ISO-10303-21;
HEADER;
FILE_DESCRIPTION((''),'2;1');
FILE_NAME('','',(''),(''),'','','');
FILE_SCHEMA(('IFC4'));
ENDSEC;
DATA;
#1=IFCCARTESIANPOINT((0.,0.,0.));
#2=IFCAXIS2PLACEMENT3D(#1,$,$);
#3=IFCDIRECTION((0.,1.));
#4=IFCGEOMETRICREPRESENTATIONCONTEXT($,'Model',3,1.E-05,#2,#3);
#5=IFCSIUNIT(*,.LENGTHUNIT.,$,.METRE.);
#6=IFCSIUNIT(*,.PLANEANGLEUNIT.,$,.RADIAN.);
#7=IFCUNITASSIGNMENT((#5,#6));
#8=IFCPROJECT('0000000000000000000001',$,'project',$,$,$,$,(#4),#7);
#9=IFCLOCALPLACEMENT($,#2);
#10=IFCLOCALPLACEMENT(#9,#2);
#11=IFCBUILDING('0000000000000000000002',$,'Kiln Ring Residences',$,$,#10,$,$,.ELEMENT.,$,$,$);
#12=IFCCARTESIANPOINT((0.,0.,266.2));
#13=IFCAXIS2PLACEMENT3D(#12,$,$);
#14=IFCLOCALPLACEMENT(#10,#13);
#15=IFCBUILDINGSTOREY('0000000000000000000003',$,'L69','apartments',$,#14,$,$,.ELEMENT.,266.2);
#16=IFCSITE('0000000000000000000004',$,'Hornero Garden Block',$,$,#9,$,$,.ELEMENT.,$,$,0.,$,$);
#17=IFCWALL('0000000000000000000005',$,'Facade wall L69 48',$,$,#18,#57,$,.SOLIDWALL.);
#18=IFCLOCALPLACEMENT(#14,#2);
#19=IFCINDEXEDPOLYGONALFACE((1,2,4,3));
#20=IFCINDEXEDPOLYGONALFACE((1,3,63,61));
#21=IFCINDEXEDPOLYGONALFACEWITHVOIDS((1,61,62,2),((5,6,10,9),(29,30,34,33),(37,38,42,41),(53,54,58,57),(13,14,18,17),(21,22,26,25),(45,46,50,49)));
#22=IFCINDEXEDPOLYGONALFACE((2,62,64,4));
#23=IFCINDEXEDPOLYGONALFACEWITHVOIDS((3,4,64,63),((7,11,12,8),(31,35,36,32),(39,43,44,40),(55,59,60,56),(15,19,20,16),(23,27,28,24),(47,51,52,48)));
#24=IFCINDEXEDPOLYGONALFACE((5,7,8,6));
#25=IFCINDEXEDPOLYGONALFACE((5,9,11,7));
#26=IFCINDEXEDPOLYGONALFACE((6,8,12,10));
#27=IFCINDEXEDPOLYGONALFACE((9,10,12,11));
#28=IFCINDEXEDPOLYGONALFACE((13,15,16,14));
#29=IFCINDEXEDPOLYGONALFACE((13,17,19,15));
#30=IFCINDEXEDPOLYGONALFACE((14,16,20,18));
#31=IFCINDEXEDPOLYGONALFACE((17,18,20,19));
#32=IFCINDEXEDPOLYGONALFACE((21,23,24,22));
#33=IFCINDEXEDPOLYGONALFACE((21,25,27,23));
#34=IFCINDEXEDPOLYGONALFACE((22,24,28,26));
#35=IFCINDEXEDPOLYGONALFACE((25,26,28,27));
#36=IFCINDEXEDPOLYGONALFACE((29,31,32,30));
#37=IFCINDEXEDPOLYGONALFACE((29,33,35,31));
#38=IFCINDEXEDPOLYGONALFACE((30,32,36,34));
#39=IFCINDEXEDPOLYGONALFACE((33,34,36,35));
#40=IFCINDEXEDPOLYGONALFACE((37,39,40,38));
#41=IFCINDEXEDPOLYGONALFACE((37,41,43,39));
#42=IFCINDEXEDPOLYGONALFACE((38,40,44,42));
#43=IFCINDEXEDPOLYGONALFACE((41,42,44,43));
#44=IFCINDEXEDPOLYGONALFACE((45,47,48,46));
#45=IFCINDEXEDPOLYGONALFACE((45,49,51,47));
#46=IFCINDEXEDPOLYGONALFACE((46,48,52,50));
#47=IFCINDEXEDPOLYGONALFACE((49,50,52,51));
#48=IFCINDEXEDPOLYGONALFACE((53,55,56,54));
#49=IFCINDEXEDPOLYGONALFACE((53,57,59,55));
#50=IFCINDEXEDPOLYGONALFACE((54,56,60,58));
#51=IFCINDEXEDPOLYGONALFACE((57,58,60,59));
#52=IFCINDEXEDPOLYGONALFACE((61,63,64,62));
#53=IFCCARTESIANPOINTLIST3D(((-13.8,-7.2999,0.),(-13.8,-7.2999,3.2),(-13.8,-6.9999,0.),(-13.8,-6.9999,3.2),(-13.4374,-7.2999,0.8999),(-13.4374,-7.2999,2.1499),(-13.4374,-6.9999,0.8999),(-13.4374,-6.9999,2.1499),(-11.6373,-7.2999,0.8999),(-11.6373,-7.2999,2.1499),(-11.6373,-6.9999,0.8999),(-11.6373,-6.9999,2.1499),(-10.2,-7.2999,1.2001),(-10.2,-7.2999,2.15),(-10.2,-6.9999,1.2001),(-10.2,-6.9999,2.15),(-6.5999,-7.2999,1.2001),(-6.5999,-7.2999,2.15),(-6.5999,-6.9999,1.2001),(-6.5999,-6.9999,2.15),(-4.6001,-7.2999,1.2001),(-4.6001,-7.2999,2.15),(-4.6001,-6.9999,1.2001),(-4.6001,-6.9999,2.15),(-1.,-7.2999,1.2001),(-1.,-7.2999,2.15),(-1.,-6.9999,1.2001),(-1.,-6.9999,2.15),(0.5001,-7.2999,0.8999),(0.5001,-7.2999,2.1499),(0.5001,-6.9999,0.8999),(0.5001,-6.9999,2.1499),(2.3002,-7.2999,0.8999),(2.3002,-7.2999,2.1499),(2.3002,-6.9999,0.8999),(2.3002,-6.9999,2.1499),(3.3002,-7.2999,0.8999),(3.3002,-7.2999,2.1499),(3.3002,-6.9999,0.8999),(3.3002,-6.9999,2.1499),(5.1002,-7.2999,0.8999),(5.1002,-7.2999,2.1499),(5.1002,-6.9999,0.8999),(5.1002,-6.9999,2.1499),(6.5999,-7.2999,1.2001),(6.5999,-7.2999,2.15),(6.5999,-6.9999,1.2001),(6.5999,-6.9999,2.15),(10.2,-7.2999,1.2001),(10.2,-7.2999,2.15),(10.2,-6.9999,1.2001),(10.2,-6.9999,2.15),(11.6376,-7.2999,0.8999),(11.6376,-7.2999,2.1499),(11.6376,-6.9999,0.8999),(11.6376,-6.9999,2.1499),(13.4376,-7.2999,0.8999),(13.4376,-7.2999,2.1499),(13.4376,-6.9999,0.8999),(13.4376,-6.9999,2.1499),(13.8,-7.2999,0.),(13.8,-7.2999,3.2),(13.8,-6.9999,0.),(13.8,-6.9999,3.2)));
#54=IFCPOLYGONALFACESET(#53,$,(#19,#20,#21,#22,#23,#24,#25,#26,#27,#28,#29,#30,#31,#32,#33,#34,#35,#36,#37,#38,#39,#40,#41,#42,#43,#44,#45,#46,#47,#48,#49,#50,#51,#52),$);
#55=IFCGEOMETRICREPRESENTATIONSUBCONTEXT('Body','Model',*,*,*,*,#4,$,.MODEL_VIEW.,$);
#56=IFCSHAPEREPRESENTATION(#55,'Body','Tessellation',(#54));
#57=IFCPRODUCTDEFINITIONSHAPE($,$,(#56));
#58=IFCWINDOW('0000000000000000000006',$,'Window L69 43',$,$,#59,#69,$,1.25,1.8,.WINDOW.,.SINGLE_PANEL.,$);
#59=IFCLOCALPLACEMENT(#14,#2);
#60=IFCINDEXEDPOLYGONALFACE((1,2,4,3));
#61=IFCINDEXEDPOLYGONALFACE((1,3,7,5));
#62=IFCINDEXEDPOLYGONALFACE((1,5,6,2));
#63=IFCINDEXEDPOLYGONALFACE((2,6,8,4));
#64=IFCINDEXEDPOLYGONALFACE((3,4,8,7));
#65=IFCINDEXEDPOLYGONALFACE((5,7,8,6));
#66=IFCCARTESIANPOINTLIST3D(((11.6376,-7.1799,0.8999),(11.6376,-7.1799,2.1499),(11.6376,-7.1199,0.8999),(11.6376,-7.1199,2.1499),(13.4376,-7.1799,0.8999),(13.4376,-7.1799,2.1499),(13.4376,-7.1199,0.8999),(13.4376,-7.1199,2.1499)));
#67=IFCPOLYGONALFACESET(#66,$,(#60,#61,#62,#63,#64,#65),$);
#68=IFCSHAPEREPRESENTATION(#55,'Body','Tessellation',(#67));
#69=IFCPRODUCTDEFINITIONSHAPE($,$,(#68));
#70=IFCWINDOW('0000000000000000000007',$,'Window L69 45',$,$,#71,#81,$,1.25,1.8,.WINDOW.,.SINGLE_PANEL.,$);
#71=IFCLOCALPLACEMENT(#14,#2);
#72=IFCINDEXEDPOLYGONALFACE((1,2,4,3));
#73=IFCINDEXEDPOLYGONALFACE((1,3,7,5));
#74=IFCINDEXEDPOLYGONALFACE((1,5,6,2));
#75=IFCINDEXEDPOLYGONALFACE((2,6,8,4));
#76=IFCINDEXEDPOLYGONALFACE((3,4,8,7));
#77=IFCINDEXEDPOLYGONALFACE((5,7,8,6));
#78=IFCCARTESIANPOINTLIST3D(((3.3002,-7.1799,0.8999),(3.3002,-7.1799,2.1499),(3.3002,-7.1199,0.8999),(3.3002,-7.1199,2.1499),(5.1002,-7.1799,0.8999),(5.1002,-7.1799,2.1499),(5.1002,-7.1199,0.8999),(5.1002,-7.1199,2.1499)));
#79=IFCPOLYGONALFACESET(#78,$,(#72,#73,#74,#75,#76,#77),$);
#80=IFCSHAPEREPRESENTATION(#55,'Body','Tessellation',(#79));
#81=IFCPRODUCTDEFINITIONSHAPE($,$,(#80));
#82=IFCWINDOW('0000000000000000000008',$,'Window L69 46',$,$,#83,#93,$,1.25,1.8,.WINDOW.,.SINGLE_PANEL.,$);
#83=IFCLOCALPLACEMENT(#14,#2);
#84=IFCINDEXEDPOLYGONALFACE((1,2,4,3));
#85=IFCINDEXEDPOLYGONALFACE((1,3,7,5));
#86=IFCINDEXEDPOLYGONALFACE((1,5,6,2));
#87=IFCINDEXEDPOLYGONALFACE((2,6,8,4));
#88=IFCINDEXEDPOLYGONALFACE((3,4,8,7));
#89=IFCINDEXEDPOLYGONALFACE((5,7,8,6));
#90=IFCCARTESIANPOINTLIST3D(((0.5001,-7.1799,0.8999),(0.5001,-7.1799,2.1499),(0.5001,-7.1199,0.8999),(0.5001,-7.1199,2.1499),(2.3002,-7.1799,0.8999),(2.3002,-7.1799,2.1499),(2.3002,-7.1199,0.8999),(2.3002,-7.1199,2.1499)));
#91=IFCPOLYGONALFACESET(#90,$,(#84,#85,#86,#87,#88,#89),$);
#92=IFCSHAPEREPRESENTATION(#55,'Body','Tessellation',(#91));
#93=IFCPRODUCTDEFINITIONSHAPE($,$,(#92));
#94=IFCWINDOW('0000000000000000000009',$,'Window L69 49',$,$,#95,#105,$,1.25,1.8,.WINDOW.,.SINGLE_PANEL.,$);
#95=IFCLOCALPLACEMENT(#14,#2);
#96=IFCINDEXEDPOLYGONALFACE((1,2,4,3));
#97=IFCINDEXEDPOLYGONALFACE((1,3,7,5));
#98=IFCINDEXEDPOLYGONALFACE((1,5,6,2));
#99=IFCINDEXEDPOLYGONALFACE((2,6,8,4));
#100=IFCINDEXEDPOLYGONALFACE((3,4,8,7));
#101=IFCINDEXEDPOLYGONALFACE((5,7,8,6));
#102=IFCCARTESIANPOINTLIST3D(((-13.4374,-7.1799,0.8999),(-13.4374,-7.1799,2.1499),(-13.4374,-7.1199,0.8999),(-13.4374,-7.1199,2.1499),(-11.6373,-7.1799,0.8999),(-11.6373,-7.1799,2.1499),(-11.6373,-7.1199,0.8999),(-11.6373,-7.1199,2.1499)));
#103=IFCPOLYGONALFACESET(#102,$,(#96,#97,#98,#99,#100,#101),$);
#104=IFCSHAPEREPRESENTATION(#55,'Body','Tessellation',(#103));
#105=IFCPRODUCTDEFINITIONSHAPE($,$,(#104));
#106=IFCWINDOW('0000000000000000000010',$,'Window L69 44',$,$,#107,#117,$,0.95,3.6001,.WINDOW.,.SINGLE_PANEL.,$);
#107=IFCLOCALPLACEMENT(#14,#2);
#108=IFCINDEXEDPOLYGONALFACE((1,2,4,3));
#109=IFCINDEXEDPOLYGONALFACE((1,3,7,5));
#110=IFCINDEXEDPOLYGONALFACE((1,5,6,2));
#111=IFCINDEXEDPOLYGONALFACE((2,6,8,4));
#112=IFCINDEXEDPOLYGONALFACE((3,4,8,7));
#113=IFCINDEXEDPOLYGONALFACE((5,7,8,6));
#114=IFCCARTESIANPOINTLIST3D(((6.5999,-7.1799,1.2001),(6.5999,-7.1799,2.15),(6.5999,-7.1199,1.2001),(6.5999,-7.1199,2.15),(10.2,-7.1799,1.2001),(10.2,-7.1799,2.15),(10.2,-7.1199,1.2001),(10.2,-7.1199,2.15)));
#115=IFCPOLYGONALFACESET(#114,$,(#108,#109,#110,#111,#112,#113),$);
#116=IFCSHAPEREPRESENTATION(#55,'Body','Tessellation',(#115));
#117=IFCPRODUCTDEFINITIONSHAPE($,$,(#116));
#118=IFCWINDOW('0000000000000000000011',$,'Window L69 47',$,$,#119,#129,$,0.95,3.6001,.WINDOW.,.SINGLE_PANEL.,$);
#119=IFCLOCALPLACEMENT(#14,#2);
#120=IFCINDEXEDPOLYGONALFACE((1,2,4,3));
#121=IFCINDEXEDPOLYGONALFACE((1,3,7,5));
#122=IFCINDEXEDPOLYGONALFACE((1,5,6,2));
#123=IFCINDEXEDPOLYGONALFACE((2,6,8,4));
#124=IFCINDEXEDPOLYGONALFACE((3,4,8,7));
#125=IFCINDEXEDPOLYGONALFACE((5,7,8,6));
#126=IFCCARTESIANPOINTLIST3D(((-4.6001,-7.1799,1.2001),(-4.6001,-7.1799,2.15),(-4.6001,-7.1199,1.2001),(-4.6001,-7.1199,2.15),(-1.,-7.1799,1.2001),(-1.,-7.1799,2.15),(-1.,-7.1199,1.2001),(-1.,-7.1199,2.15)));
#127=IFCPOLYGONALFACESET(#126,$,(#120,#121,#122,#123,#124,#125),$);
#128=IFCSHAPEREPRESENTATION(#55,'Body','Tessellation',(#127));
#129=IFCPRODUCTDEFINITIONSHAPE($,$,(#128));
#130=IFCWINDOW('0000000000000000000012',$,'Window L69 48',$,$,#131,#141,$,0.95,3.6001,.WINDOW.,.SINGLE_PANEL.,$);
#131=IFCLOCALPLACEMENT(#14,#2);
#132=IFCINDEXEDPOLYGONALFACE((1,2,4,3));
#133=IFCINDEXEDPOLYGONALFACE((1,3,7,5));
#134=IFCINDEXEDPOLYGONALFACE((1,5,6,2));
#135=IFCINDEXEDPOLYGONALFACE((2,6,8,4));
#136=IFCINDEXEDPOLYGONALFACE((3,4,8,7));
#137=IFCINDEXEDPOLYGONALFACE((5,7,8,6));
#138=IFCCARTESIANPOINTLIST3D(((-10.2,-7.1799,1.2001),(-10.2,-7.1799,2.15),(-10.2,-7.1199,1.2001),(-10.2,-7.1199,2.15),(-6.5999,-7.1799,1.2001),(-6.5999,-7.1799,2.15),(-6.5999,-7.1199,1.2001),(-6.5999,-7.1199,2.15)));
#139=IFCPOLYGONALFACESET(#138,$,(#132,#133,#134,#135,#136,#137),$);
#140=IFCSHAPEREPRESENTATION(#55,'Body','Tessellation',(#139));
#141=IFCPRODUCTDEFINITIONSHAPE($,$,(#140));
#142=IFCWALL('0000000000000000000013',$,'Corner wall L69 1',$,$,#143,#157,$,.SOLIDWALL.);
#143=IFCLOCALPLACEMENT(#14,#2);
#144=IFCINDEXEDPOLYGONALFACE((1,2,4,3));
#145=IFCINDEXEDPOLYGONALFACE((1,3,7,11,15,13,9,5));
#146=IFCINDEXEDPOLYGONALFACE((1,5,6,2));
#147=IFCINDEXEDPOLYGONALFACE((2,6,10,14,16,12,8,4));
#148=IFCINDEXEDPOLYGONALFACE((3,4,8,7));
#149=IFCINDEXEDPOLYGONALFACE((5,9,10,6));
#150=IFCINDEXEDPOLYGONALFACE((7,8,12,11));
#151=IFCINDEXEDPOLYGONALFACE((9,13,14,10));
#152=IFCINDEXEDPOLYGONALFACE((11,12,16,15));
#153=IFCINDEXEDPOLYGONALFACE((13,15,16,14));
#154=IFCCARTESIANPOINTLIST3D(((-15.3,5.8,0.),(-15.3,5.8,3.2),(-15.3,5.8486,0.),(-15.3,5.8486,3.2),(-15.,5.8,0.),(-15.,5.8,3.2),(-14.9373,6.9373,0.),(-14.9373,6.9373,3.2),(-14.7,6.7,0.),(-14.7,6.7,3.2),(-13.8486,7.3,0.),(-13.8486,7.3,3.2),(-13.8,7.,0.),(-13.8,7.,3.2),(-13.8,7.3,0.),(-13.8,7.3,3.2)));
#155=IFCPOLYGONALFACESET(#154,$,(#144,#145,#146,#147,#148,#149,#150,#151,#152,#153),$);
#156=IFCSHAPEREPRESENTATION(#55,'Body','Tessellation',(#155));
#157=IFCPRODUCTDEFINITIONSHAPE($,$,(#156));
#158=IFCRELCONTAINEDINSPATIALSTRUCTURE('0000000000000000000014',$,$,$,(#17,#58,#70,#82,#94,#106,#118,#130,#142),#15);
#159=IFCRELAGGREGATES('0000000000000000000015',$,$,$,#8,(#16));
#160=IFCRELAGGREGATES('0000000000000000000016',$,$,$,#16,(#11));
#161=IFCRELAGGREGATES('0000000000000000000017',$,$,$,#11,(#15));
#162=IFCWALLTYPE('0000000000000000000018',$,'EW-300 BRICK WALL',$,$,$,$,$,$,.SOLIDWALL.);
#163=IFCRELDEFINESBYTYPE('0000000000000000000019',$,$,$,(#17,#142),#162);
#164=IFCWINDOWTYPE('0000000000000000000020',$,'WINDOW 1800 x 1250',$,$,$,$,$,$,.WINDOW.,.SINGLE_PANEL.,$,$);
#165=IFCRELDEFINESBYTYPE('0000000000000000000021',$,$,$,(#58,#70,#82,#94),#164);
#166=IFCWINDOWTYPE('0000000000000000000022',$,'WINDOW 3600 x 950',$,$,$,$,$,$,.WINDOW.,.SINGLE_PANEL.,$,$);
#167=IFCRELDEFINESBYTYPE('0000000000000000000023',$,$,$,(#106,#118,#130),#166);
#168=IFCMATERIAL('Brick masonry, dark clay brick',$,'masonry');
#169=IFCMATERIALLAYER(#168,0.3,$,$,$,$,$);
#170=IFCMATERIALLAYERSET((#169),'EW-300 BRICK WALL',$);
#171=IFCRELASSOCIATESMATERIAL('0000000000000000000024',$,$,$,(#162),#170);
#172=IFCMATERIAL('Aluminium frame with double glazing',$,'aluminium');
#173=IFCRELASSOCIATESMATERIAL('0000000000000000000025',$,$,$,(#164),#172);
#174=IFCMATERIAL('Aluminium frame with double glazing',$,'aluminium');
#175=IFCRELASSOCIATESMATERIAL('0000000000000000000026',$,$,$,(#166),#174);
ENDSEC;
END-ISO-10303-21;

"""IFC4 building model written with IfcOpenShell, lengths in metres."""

from ifc_helpers import new_model, si_unit, direction, frame, frame_2d, origin, place, context, subcontext, project, spatial, polyline, rectangle, outline, extrude, material, layer, layer_set, type_object, element, fill, save


model = new_model("IFC4")

# Units and contexts
model_context = context("Model", 3, precision=1e-05, world=origin(), true_north=direction((0.0, 1.0)))
body_context = subcontext(model_context, "Body", "Model", "MODEL_VIEW")
ifc_project = project(units=[si_unit("LENGTHUNIT", "METRE"), si_unit("PLANEANGLEUNIT", "RADIAN")], contexts=[model_context])

# Site, building, storey
site_placement = place(None, origin())
site = spatial("IfcSite", under=ifc_project, at=site_placement, Name="Hornero Garden Block", CompositionType="ELEMENT", RefElevation=0.0)
building_placement = place(site_placement, origin())
building = spatial("IfcBuilding", under=site, at=building_placement, Name="Kiln Ring Residences", CompositionType="ELEMENT")
storey_placement = place(building_placement, frame((0.0, 0.0, 266.2)))
storey = spatial("IfcBuildingStorey", under=building, at=storey_placement, Name="L69", Description="apartments", CompositionType="ELEMENT", Elevation=266.2)

# Wall, openings, windows
ifc_material_1 = material(Name="Brick masonry, dark clay brick", Category="masonry")
ifc_layer_1 = layer(ifc_material_1, 0.3)
ifc_layer_set_1 = layer_set([ifc_layer_1], Name="EW-300 BRICK WALL")
wall_type_1 = type_object("IfcWallType", Name="EW-300 BRICK WALL", PredefinedType="SOLIDWALL", material=ifc_layer_set_1)
wall_1_placement = place(storey_placement, frame((13.8, -7.1499, 0.0), z_axis=(0.0, 0.0, 1.0), x_axis=(-1.0, 0.0, 0.0)))
wall_1 = element("IfcWall", 1, at=wall_1_placement, inside=storey, type_object=wall_type_1, Name="Facade wall L69 48", PredefinedType="SOLIDWALL", context=body_context, shape_type="SweptSolid", body=[
    extrude(rectangle(XDim=27.6001, YDim=0.3, at=frame_2d((13.8, 0.0))), origin(), (0.0, 0.0, 1.0), 3.2),
])
opening_1_placement = place(wall_1_placement, frame((0.3625, 0.0, 0.8999)))
opening_1 = element("IfcOpeningElement", 2, at=opening_1_placement, cuts=wall_1, PredefinedType="OPENING", context=body_context, shape_type="SweptSolid", body=[
    extrude(rectangle(XDim=1.8, YDim=1.25, at=frame_2d((0.8999, 0.625))), frame((0.0, 0.1599, 0.0), z_axis=(0.0, -1.0, 0.0), x_axis=(1.0, 0.0, 0.0)), (0.0, 0.0, 1.0), 0.3201),
])
opening_2_placement = place(wall_1_placement, frame((3.6001, 0.0, 1.2)))
opening_2 = element("IfcOpeningElement", 3, at=opening_2_placement, cuts=wall_1, PredefinedType="OPENING", context=body_context, shape_type="SweptSolid", body=[
    extrude(rectangle(XDim=3.6001, YDim=0.95, at=frame_2d((1.8, 0.4751))), frame((0.0, 0.1599, 0.0), z_axis=(0.0, -1.0, 0.0), x_axis=(1.0, 0.0, 0.0)), (0.0, 0.0, 1.0), 0.3201),
])
opening_3_placement = place(wall_1_placement, frame((8.7, 0.0, 0.8999)))
opening_3 = element("IfcOpeningElement", 4, at=opening_3_placement, cuts=wall_1, PredefinedType="OPENING", context=body_context, shape_type="SweptSolid", body=[
    extrude(rectangle(XDim=1.8, YDim=1.25, at=frame_2d((0.8999, 0.625))), frame((0.0, 0.1599, 0.0), z_axis=(0.0, -1.0, 0.0), x_axis=(1.0, 0.0, 0.0)), (0.0, 0.0, 1.0), 0.3201),
])
opening_4_placement = place(wall_1_placement, frame((11.5, 0.0, 0.8999)))
opening_4 = element("IfcOpeningElement", 5, at=opening_4_placement, cuts=wall_1, PredefinedType="OPENING", context=body_context, shape_type="SweptSolid", body=[
    extrude(rectangle(XDim=1.8, YDim=1.25, at=frame_2d((0.8999, 0.625))), frame((0.0, 0.1599, 0.0), z_axis=(0.0, -1.0, 0.0), x_axis=(1.0, 0.0, 0.0)), (0.0, 0.0, 1.0), 0.3201),
])
opening_5_placement = place(wall_1_placement, frame((14.8, 0.0, 1.2)))
opening_5 = element("IfcOpeningElement", 6, at=opening_5_placement, cuts=wall_1, PredefinedType="OPENING", context=body_context, shape_type="SweptSolid", body=[
    extrude(rectangle(XDim=3.6001, YDim=0.95, at=frame_2d((1.8, 0.4751))), frame((0.0, 0.1599, 0.0), z_axis=(0.0, -1.0, 0.0), x_axis=(1.0, 0.0, 0.0)), (0.0, 0.0, 1.0), 0.3201),
])
opening_6_placement = place(wall_1_placement, frame((20.3999, 0.0, 1.2)))
opening_6 = element("IfcOpeningElement", 7, at=opening_6_placement, cuts=wall_1, PredefinedType="OPENING", context=body_context, shape_type="SweptSolid", body=[
    extrude(rectangle(XDim=3.6001, YDim=0.95, at=frame_2d((1.8, 0.4751))), frame((0.0, 0.1599, 0.0), z_axis=(0.0, -1.0, 0.0), x_axis=(1.0, 0.0, 0.0)), (0.0, 0.0, 1.0), 0.3201),
])
opening_7_placement = place(wall_1_placement, frame((25.4375, 0.0, 0.8999)))
opening_7 = element("IfcOpeningElement", 8, at=opening_7_placement, cuts=wall_1, PredefinedType="OPENING", context=body_context, shape_type="SweptSolid", body=[
    extrude(rectangle(XDim=1.8, YDim=1.25, at=frame_2d((0.8999, 0.625))), frame((0.0, 0.1599, 0.0), z_axis=(0.0, -1.0, 0.0), x_axis=(1.0, 0.0, 0.0)), (0.0, 0.0, 1.0), 0.3201),
])
ifc_material_2 = material(Name="Aluminium frame with double glazing", Category="aluminium")
window_type_1 = type_object("IfcWindowType", Name="WINDOW 1800 x 1250", PartitioningType="SINGLE_PANEL", PredefinedType="WINDOW", material=ifc_material_2)
window_1_placement = place(opening_1_placement, origin())
window_1 = element("IfcWindow", 9, at=window_1_placement, inside=storey, type_object=window_type_1, Name="Window L69 43", OverallHeight=1.25, OverallWidth=1.8, PartitioningType="SINGLE_PANEL", PredefinedType="WINDOW", context=body_context, shape_type="SweptSolid", body=[
    extrude(rectangle(XDim=1.8, YDim=1.25, at=frame_2d((0.8999, 0.625))), frame((0.0, 0.03, 0.0), z_axis=(0.0, -1.0, 0.0), x_axis=(1.0, 0.0, 0.0)), (0.0, 0.0, 1.0), 0.0601),
])
fill(opening_1, window_1)
window_2_placement = place(opening_3_placement, origin())
window_2 = element("IfcWindow", 10, at=window_2_placement, inside=storey, type_object=window_type_1, Name="Window L69 45", OverallHeight=1.25, OverallWidth=1.8, PartitioningType="SINGLE_PANEL", PredefinedType="WINDOW", context=body_context, shape_type="SweptSolid", body=[
    extrude(rectangle(XDim=1.8, YDim=1.25, at=frame_2d((0.8999, 0.625))), frame((0.0, 0.03, 0.0), z_axis=(0.0, -1.0, 0.0), x_axis=(1.0, 0.0, 0.0)), (0.0, 0.0, 1.0), 0.0601),
])
fill(opening_3, window_2)
window_3_placement = place(opening_4_placement, origin())
window_3 = element("IfcWindow", 11, at=window_3_placement, inside=storey, type_object=window_type_1, Name="Window L69 46", OverallHeight=1.25, OverallWidth=1.8, PartitioningType="SINGLE_PANEL", PredefinedType="WINDOW", context=body_context, shape_type="SweptSolid", body=[
    extrude(rectangle(XDim=1.8, YDim=1.25, at=frame_2d((0.8999, 0.625))), frame((0.0, 0.03, 0.0), z_axis=(0.0, -1.0, 0.0), x_axis=(1.0, 0.0, 0.0)), (0.0, 0.0, 1.0), 0.0601),
])
fill(opening_4, window_3)
window_4_placement = place(opening_7_placement, origin())
window_4 = element("IfcWindow", 12, at=window_4_placement, inside=storey, type_object=window_type_1, Name="Window L69 49", OverallHeight=1.25, OverallWidth=1.8, PartitioningType="SINGLE_PANEL", PredefinedType="WINDOW", context=body_context, shape_type="SweptSolid", body=[
    extrude(rectangle(XDim=1.8, YDim=1.25, at=frame_2d((0.8999, 0.625))), frame((0.0, 0.03, 0.0), z_axis=(0.0, -1.0, 0.0), x_axis=(1.0, 0.0, 0.0)), (0.0, 0.0, 1.0), 0.0601),
])
fill(opening_7, window_4)
ifc_material_3 = material(Name="Aluminium frame with double glazing", Category="aluminium")
window_type_2 = type_object("IfcWindowType", Name="WINDOW 3600 x 950", PartitioningType="SINGLE_PANEL", PredefinedType="WINDOW", material=ifc_material_3)
window_5_placement = place(opening_2_placement, origin())
window_5 = element("IfcWindow", 13, at=window_5_placement, inside=storey, type_object=window_type_2, Name="Window L69 44", OverallHeight=0.95, OverallWidth=3.6001, PartitioningType="SINGLE_PANEL", PredefinedType="WINDOW", context=body_context, shape_type="SweptSolid", body=[
    extrude(rectangle(XDim=3.6001, YDim=0.95, at=frame_2d((1.8, 0.4751))), frame((0.0, 0.03, 0.0), z_axis=(0.0, -1.0, 0.0), x_axis=(1.0, 0.0, 0.0)), (0.0, 0.0, 1.0), 0.0601),
])
fill(opening_2, window_5)
window_6_placement = place(opening_5_placement, origin())
window_6 = element("IfcWindow", 14, at=window_6_placement, inside=storey, type_object=window_type_2, Name="Window L69 47", OverallHeight=0.95, OverallWidth=3.6001, PartitioningType="SINGLE_PANEL", PredefinedType="WINDOW", context=body_context, shape_type="SweptSolid", body=[
    extrude(rectangle(XDim=3.6001, YDim=0.95, at=frame_2d((1.8, 0.4751))), frame((0.0, 0.03, 0.0), z_axis=(0.0, -1.0, 0.0), x_axis=(1.0, 0.0, 0.0)), (0.0, 0.0, 1.0), 0.0601),
])
fill(opening_5, window_6)
window_7_placement = place(opening_6_placement, origin())
window_7 = element("IfcWindow", 15, at=window_7_placement, inside=storey, type_object=window_type_2, Name="Window L69 48", OverallHeight=0.95, OverallWidth=3.6001, PartitioningType="SINGLE_PANEL", PredefinedType="WINDOW", context=body_context, shape_type="SweptSolid", body=[
    extrude(rectangle(XDim=3.6001, YDim=0.95, at=frame_2d((1.8, 0.4751))), frame((0.0, 0.03, 0.0), z_axis=(0.0, -1.0, 0.0), x_axis=(1.0, 0.0, 0.0)), (0.0, 0.0, 1.0), 0.0601),
])
fill(opening_6, window_7)

# Wall
placement = place(storey_placement, origin())
element("IfcWall", 16, at=placement, inside=storey, type_object=wall_type_1, Name="Corner wall L69 1", PredefinedType="SOLIDWALL", context=body_context, shape_type="SweptSolid", body=[
    extrude(outline(polyline([(-13.8486, 7.3), (-14.9373, 6.9373), (-15.3, 5.8486), (-15.3, 5.8), (-15.0, 5.8), (-14.7, 6.7), (-13.8, 7.0), (-13.8, 7.3), (-13.8486, 7.3)])), origin(), (0.0, 0.0, 1.0), 3.2),
])

save(model, "model.ifc")
